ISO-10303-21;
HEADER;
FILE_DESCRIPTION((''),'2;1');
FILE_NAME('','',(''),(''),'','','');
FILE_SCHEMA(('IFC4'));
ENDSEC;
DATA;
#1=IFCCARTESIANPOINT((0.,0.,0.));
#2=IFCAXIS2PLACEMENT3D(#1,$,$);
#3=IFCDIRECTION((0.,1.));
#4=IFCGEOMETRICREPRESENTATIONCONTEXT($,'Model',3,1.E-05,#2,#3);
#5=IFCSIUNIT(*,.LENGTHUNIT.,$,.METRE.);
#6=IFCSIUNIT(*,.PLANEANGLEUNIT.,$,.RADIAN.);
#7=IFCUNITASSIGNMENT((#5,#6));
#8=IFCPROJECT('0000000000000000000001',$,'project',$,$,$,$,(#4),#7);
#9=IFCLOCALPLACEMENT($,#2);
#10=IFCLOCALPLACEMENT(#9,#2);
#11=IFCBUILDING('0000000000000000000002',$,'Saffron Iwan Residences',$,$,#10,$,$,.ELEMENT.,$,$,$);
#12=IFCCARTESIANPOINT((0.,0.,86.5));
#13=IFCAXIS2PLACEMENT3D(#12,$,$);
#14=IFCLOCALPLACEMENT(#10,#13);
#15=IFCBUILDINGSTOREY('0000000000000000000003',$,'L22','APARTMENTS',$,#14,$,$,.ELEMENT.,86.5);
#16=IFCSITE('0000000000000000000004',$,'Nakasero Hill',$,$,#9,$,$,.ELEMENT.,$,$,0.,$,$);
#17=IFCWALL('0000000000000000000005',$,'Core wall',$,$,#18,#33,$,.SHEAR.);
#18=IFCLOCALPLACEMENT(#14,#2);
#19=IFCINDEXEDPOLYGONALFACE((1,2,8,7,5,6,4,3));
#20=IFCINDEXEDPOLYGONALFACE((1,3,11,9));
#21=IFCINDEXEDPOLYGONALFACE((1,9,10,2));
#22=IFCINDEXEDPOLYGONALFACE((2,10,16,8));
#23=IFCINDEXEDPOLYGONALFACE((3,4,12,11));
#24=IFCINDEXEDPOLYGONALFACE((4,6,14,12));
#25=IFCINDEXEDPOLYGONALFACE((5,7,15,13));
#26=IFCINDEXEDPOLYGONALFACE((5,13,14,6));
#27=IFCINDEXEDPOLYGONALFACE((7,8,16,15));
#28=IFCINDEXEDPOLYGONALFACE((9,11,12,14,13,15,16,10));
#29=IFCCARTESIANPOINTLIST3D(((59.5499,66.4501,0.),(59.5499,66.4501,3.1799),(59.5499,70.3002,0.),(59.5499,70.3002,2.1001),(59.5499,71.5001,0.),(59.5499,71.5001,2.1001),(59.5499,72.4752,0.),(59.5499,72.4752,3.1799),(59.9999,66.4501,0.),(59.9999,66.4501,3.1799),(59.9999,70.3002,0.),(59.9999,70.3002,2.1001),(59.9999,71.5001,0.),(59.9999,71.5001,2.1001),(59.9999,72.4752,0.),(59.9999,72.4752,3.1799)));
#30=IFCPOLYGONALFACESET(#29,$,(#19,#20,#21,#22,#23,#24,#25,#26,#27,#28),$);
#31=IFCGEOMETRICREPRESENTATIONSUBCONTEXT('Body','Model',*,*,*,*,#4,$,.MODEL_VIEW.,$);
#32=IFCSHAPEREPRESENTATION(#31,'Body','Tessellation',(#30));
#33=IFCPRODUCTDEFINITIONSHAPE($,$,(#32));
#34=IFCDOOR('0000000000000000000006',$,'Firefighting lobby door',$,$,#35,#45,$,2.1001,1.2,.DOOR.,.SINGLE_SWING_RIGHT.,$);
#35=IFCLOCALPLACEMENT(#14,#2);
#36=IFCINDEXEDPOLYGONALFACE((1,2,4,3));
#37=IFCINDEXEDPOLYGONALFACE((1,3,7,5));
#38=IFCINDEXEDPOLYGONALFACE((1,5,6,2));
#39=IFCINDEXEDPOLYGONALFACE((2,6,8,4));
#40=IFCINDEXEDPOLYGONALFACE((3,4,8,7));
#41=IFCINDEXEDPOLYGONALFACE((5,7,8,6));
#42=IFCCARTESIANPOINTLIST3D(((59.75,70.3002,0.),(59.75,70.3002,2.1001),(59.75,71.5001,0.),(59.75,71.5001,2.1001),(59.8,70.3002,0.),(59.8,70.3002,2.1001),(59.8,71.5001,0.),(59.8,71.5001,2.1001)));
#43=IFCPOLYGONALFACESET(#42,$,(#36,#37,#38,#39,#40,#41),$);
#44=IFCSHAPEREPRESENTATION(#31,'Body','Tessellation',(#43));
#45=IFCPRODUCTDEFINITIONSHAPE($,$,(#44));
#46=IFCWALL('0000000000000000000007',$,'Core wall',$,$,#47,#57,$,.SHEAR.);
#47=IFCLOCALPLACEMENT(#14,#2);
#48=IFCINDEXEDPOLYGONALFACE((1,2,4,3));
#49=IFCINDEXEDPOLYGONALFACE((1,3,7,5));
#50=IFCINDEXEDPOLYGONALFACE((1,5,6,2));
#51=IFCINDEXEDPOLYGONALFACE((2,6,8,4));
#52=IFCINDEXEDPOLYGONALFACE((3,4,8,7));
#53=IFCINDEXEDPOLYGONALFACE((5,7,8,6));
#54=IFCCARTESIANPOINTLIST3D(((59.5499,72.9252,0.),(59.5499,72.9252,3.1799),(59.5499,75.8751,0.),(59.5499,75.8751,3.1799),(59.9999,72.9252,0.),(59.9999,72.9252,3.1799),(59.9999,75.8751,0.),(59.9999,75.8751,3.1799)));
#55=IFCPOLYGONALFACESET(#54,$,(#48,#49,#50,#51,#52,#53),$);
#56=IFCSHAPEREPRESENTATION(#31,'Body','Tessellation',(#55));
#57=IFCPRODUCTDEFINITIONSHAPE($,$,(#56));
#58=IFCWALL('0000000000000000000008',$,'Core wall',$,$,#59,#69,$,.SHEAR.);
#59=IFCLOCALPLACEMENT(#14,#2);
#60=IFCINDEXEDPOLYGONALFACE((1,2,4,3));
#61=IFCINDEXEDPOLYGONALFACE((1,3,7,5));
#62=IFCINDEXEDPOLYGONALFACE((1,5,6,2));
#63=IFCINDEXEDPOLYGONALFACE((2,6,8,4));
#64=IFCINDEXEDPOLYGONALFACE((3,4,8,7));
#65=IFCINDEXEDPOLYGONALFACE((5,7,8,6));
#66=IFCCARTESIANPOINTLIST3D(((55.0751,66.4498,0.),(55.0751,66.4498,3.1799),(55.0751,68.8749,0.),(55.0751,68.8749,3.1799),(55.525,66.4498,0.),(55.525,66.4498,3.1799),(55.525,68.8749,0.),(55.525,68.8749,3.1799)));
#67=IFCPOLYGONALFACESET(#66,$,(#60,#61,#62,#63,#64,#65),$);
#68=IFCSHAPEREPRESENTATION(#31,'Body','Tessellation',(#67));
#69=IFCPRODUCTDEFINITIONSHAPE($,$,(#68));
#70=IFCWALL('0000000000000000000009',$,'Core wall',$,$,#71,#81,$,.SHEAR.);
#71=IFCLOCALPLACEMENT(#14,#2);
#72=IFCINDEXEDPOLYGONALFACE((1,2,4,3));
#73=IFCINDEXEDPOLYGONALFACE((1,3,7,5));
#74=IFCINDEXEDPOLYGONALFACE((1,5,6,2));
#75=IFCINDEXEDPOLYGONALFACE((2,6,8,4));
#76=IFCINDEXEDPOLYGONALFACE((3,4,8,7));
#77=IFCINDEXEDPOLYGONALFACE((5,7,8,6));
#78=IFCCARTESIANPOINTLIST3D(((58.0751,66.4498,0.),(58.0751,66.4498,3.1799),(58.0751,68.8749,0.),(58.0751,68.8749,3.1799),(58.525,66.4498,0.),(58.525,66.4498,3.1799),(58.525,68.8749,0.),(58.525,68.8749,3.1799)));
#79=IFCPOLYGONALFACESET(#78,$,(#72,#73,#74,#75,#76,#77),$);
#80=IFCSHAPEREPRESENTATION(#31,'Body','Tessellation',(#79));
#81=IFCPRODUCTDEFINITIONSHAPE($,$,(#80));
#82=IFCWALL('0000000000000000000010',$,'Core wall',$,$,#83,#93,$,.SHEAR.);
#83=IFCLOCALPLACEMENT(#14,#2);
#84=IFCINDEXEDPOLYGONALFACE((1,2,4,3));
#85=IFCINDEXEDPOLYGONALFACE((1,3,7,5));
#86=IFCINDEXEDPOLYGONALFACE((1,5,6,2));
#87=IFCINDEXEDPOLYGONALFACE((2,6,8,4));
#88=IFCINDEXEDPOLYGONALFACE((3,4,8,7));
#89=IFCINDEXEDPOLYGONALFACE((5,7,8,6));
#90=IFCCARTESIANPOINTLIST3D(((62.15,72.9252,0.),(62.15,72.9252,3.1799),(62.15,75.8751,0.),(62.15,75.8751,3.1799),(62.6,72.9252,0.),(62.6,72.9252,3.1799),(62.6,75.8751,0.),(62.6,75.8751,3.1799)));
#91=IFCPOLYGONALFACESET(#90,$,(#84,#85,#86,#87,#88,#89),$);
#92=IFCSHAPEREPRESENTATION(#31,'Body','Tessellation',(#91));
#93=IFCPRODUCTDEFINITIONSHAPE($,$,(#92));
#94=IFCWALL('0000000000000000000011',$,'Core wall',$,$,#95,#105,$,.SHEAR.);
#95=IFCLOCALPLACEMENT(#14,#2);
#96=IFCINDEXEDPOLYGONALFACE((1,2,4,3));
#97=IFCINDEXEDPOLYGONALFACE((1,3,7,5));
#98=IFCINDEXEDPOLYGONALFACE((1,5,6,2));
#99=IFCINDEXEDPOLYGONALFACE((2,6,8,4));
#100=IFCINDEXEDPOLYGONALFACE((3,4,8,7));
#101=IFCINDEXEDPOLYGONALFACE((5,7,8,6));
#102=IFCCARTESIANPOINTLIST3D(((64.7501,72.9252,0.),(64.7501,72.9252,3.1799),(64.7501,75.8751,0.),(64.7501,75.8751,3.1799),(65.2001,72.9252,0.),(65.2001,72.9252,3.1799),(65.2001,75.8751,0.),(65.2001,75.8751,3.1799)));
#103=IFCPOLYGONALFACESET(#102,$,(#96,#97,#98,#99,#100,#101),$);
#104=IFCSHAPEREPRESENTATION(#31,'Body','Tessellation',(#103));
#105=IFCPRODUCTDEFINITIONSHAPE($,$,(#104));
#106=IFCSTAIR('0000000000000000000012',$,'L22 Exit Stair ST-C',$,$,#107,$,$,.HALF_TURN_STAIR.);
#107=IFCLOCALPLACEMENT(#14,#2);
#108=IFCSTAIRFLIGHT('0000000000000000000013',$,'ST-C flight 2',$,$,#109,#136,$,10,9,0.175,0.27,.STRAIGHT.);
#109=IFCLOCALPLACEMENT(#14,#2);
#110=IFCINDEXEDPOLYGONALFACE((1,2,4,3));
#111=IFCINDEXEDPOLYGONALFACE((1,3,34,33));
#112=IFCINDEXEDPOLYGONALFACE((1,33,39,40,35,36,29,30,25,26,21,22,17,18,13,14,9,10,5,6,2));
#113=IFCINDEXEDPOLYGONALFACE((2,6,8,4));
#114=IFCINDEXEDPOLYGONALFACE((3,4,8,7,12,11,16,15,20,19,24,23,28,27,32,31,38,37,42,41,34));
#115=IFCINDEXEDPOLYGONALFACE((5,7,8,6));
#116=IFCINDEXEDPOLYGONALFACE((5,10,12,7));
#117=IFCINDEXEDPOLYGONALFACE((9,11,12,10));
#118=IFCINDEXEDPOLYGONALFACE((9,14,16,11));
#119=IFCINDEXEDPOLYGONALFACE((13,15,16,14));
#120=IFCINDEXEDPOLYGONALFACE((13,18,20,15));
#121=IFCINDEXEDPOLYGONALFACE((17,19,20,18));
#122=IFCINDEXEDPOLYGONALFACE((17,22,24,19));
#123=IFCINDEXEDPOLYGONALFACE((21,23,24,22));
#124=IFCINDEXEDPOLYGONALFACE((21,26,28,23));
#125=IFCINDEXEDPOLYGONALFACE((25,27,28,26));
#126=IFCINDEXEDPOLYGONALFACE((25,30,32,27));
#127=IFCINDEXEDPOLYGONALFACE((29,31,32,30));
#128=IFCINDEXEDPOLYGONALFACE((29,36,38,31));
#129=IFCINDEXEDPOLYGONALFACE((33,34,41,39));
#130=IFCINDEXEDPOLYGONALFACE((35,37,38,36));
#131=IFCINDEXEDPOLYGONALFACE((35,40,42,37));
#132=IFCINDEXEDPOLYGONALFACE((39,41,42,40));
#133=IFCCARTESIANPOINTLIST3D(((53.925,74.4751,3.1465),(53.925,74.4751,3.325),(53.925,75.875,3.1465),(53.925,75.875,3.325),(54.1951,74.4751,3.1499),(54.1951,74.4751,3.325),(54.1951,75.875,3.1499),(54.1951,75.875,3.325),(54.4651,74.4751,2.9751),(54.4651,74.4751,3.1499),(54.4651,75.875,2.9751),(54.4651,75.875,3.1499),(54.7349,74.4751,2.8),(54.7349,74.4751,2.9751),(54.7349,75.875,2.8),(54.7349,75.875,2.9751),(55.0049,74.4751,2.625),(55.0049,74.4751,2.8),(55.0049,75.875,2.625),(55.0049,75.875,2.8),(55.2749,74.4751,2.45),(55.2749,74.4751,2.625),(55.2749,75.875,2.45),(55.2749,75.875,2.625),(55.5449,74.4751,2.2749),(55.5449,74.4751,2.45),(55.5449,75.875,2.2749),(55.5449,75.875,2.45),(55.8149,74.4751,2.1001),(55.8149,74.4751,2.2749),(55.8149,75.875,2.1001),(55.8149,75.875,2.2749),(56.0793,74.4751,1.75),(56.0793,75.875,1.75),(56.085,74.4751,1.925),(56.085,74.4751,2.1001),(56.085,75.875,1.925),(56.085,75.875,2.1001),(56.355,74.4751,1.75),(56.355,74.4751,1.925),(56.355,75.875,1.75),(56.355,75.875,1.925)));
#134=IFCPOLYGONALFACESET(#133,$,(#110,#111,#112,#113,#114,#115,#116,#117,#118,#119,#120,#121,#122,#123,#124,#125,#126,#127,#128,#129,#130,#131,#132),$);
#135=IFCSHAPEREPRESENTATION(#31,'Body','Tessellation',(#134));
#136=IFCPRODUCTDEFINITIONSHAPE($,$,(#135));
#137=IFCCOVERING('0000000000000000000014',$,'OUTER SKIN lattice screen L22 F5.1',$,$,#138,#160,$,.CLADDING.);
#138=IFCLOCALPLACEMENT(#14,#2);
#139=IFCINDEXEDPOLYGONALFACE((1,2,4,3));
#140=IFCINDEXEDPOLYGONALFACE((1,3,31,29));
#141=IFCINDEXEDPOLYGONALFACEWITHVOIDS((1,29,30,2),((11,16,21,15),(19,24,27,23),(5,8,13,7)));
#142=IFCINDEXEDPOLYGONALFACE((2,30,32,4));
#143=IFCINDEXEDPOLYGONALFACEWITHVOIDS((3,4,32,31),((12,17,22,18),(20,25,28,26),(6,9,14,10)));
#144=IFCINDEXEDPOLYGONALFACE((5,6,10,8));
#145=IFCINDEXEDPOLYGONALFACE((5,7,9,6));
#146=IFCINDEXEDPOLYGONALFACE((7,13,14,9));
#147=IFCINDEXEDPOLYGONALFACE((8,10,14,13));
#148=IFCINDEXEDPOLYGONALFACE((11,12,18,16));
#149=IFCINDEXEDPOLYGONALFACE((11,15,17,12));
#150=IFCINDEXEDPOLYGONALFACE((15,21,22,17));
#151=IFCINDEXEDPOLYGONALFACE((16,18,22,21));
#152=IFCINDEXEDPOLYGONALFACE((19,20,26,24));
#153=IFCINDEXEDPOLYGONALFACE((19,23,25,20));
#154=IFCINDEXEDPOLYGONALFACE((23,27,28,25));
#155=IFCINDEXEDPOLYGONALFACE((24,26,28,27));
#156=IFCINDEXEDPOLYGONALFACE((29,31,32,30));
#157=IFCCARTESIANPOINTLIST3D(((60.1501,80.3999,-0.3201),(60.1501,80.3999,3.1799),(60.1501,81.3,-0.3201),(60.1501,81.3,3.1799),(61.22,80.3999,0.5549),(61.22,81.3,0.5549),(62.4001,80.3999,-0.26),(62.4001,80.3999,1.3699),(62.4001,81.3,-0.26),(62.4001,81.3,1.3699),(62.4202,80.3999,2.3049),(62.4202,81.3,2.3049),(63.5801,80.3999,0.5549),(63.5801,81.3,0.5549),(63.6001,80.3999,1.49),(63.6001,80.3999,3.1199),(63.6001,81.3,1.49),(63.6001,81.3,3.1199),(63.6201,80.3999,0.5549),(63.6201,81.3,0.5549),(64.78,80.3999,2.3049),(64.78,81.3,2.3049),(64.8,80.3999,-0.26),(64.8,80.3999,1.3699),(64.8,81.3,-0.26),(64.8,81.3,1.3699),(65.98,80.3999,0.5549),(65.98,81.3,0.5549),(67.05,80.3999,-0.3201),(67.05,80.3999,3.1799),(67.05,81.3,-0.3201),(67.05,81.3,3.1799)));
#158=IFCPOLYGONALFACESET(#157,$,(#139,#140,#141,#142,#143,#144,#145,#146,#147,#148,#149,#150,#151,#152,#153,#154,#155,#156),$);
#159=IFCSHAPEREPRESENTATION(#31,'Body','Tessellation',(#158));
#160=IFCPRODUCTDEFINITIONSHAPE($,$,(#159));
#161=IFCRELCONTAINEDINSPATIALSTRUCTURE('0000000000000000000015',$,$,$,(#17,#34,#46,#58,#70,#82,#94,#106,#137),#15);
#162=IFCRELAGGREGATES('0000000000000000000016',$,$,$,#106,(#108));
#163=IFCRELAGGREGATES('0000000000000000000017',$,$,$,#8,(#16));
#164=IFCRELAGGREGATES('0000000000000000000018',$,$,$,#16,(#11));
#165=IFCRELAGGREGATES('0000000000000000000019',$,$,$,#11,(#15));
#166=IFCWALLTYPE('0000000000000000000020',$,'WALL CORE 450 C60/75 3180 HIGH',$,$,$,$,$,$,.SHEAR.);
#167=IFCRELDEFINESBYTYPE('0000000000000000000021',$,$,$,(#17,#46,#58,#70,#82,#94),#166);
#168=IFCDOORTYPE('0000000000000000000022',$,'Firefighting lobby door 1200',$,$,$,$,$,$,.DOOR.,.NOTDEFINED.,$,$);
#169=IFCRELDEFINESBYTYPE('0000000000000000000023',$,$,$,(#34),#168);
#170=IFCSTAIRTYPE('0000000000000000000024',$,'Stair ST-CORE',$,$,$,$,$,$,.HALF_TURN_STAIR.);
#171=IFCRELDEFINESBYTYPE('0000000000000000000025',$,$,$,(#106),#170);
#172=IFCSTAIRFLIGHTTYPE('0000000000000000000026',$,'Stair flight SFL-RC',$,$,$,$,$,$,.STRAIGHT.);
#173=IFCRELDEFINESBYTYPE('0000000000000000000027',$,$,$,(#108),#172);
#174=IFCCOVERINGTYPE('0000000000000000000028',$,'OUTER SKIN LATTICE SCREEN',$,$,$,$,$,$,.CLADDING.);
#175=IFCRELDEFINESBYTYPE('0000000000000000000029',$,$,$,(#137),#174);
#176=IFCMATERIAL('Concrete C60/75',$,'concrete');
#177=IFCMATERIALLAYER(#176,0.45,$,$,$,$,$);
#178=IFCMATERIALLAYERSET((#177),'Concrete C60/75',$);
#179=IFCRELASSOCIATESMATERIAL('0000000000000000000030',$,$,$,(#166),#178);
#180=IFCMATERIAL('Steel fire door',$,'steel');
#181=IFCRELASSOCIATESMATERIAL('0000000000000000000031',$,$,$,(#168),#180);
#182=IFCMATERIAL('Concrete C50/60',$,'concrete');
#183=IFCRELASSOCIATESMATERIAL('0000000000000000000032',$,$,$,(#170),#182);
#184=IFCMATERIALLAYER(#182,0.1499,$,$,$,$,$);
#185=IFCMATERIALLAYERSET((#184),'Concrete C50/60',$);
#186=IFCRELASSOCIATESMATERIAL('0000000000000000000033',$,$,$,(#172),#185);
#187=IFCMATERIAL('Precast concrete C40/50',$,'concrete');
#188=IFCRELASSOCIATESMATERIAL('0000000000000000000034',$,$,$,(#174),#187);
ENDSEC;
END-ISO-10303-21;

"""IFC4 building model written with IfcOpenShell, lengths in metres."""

from ifc_helpers import new_model, si_unit, direction, frame, frame_2d, origin, place, context, subcontext, project, spatial, polyline, rectangle, outline, extrude, material, layer, layer_set, type_object, element, fill, aggregate, save


model = new_model("IFC4")

# Units and contexts
model_context = context("Model", 3, precision=1e-05, world=origin(), true_north=direction((0.0, 1.0)))
body_context = subcontext(model_context, "Body", "Model", "MODEL_VIEW")
ifc_project = project(units=[si_unit("LENGTHUNIT", "METRE"), si_unit("PLANEANGLEUNIT", "RADIAN")], contexts=[model_context])

# Site, building, storey
site_placement = place(None, origin())
site = spatial("IfcSite", under=ifc_project, at=site_placement, Name="Nakasero Hill", CompositionType="ELEMENT", RefElevation=0.0)
building_placement = place(site_placement, origin())
building = spatial("IfcBuilding", under=site, at=building_placement, Name="Saffron Iwan Residences", CompositionType="ELEMENT")
storey_placement = place(building_placement, frame((0.0, 0.0, 86.5)))
storey = spatial("IfcBuildingStorey", under=building, at=storey_placement, Name="L22", Description="APARTMENTS", CompositionType="ELEMENT", Elevation=86.5)

# Shared definitions
ifc_material_1 = material(Name="Concrete C60/75", Category="concrete")

# Shared definitions
ifc_layer_1 = layer(ifc_material_1, 0.45)
ifc_layer_set_1 = layer_set([ifc_layer_1], Name="Concrete C60/75")
wall_type_1 = type_object("IfcWallType", Name="WALL CORE 450 C60/75 3180 HIGH", PredefinedType="SHEAR", material=ifc_layer_set_1)

# Wall, opening, door
ifc_material_2 = material(Name="Steel fire door", Category="steel")
wall_1_placement = place(storey_placement, frame((59.7749, 66.45, 0.0), z_axis=(0.0, 0.0, 1.0), x_axis=(0.0, 1.0, 0.0)))
wall_1 = element("IfcWall", 1, at=wall_1_placement, inside=storey, type_object=wall_type_1, Name="Core wall", PredefinedType="SHEAR", context=body_context, shape_type="SweptSolid", body=[
    extrude(rectangle(XDim=6.0251, YDim=0.45, at=frame_2d((3.0127, 0.0))), origin(), (0.0, 0.0, 1.0), 3.1799),
])
opening_1_placement = place(wall_1_placement, frame((3.8501, 0.0, 0.0)))
opening_1 = element("IfcOpeningElement", 2, at=opening_1_placement, cuts=wall_1, PredefinedType="OPENING", context=body_context, shape_type="SweptSolid", body=[
    extrude(rectangle(XDim=1.2, YDim=2.1001, at=frame_2d((0.6001, 1.05))), frame((0.0, 0.2349, 0.0), z_axis=(0.0, -1.0, 0.0), x_axis=(1.0, 0.0, 0.0)), (0.0, 0.0, 1.0), 0.47),
])
door_type_1 = type_object("IfcDoorType", Name="Firefighting lobby door 1200", OperationType="NOTDEFINED", PredefinedType="DOOR", material=ifc_material_2)
door_1_placement = place(opening_1_placement, origin())
door_1 = element("IfcDoor", 3, at=door_1_placement, inside=storey, type_object=door_type_1, Name="Firefighting lobby door", OperationType="SINGLE_SWING_RIGHT", OverallHeight=2.1001, OverallWidth=1.2, PredefinedType="DOOR", context=body_context, shape_type="SweptSolid", body=[
    extrude(rectangle(XDim=1.2, YDim=2.1001, at=frame_2d((0.6001, 1.05))), frame((0.0, 0.0249, 0.0), z_axis=(0.0, -1.0, 0.0), x_axis=(1.0, 0.0, 0.0)), (0.0, 0.0, 1.0), 0.05),
])
fill(opening_1, door_1)

# Walls
wall_2_placement = place(storey_placement, frame((59.7749, 72.925, 0.0), z_axis=(0.0, 0.0, 1.0), x_axis=(0.0, 1.0, 0.0)))
element("IfcWall", 4, at=wall_2_placement, inside=storey, type_object=wall_type_1, Name="Core wall", PredefinedType="SHEAR", context=body_context, shape_type="SweptSolid", body=[
    extrude(rectangle(XDim=2.95, YDim=0.45, at=frame_2d((1.4751, 0.0))), origin(), (0.0, 0.0, 1.0), 3.1799),
])
for number, where, z_axis, x_axis, name in (
    (5, (55.3, 66.45, 0.0), (0.0, 0.0, 1.0), (0.0, 1.0, 0.0), "Core wall"),
    (6, (58.3, 66.45, 0.0), (0.0, 0.0, 1.0), (0.0, 1.0, 0.0), "Core wall"),
):
    element("IfcWall", number, at=place(storey_placement, frame(where, z_axis=z_axis, x_axis=x_axis)), inside=storey, type_object=wall_type_1, Name=name, PredefinedType="SHEAR", context=body_context, shape_type="SweptSolid", body=[
        extrude(rectangle(XDim=2.425, YDim=0.45, at=frame_2d((1.2124, 0.0))), origin(), (0.0, 0.0, 1.0), 3.1799),
    ])
for number, where, z_axis, x_axis, name in (
    (7, (62.375, 72.925, 0.0), (0.0, 0.0, 1.0), (0.0, 1.0, 0.0), "Core wall"),
    (8, (64.9751, 72.925, 0.0), (0.0, 0.0, 1.0), (0.0, 1.0, 0.0), "Core wall"),
):
    element("IfcWall", number, at=place(storey_placement, frame(where, z_axis=z_axis, x_axis=x_axis)), inside=storey, type_object=wall_type_1, Name=name, PredefinedType="SHEAR", context=body_context, shape_type="SweptSolid", body=[
        extrude(rectangle(XDim=2.95, YDim=0.45, at=frame_2d((1.4751, 0.0))), origin(), (0.0, 0.0, 1.0), 3.1799),
    ])

# Stair, stair flight
ifc_material_3 = material(Name="Concrete C50/60", Category="concrete")
stair_type = type_object("IfcStairType", Name="Stair ST-CORE", PredefinedType="HALF_TURN_STAIR", material=ifc_material_3)
stair_placement = place(storey_placement, origin())
stair = element("IfcStair", 9, at=stair_placement, inside=storey, type_object=stair_type, Name="L22 Exit Stair ST-C", PredefinedType="HALF_TURN_STAIR")
ifc_layer_2 = layer(ifc_material_3, 0.1499)
ifc_layer_set_2 = layer_set([ifc_layer_2], Name="Concrete C50/60")
stair_flight_type = type_object("IfcStairFlightType", Name="Stair flight SFL-RC", PredefinedType="STRAIGHT", material=ifc_layer_set_2)
stair_flight_placement = place(storey_placement, frame((56.355, 75.175, 1.75), z_axis=(0.0, 0.0, 1.0), x_axis=(-1.0, 0.0, 0.0)))
stair_flight = element("IfcStairFlight", 10, at=stair_flight_placement, type_object=stair_flight_type, Name="ST-C flight 2", NumberOfRisers=10, NumberOfTreads=9, PredefinedType="STRAIGHT", RiserHeight=0.175, TreadLength=0.27, context=body_context, shape_type="SweptSolid", body=[
    extrude(outline(polyline([(0.0, 0.0), (0.0, 0.175), (0.27, 0.175), (0.27, 0.3501), (0.54, 0.3501), (0.54, 0.5249), (0.8101, 0.5249), (0.8101, 0.7), (1.0801, 0.7), (1.0801, 0.875), (1.3501, 0.875), (1.3501, 1.05), (1.6201, 1.05), (1.6201, 1.2251), (1.8899, 1.2251), (1.8899, 1.3999), (2.1599, 1.3999), (2.1599, 1.575), (2.4299, 1.575), (2.4299, 1.75), (2.4299, 1.3965), (0.2756, 0.0), (0.0, 0.0)])), frame((0.0, 0.7, 0.0), z_axis=(0.0, -1.0, 0.0), x_axis=(1.0, 0.0, 0.0)), (0.0, 0.0, 1.0), 1.3999),
])
aggregate(stair, [stair_flight])

# Covering
ifc_material_4 = material(Name="Precast concrete C40/50", Category="concrete")
covering_type_1 = type_object("IfcCoveringType", Name="OUTER SKIN LATTICE SCREEN", PredefinedType="CLADDING", material=ifc_material_4)
covering_placement = place(storey_placement, frame((67.05, 80.3999, -0.3201), z_axis=(0.0, 1.0, 0.0), x_axis=(-1.0, 0.0, 0.0)))
element("IfcCovering", 11, at=covering_placement, inside=storey, type_object=covering_type_1, Name="OUTER SKIN lattice screen L22 F5.1", PredefinedType="CLADDING", context=body_context, shape_type="SweptSolid", body=[
    extrude(outline(polyline([(0.0, 0.0), (6.8999, 0.0), (6.8999, 3.5), (0.0, 3.5), (0.0, 0.0)]), holes=[polyline([(1.0701, 0.875), (2.25, 0.0601), (3.4299, 0.875), (2.25, 1.6899), (1.0701, 0.875)]), polyline([(3.47, 0.875), (4.6499, 0.0601), (5.8301, 0.875), (4.6499, 1.6899), (3.47, 0.875)]), polyline([(2.27, 2.625), (3.45, 1.8101), (4.6299, 2.625), (3.45, 3.4399), (2.27, 2.625)])]), origin(), (0.0, 0.0, 1.0), 0.9001),
])

save(model, "model.ifc")
